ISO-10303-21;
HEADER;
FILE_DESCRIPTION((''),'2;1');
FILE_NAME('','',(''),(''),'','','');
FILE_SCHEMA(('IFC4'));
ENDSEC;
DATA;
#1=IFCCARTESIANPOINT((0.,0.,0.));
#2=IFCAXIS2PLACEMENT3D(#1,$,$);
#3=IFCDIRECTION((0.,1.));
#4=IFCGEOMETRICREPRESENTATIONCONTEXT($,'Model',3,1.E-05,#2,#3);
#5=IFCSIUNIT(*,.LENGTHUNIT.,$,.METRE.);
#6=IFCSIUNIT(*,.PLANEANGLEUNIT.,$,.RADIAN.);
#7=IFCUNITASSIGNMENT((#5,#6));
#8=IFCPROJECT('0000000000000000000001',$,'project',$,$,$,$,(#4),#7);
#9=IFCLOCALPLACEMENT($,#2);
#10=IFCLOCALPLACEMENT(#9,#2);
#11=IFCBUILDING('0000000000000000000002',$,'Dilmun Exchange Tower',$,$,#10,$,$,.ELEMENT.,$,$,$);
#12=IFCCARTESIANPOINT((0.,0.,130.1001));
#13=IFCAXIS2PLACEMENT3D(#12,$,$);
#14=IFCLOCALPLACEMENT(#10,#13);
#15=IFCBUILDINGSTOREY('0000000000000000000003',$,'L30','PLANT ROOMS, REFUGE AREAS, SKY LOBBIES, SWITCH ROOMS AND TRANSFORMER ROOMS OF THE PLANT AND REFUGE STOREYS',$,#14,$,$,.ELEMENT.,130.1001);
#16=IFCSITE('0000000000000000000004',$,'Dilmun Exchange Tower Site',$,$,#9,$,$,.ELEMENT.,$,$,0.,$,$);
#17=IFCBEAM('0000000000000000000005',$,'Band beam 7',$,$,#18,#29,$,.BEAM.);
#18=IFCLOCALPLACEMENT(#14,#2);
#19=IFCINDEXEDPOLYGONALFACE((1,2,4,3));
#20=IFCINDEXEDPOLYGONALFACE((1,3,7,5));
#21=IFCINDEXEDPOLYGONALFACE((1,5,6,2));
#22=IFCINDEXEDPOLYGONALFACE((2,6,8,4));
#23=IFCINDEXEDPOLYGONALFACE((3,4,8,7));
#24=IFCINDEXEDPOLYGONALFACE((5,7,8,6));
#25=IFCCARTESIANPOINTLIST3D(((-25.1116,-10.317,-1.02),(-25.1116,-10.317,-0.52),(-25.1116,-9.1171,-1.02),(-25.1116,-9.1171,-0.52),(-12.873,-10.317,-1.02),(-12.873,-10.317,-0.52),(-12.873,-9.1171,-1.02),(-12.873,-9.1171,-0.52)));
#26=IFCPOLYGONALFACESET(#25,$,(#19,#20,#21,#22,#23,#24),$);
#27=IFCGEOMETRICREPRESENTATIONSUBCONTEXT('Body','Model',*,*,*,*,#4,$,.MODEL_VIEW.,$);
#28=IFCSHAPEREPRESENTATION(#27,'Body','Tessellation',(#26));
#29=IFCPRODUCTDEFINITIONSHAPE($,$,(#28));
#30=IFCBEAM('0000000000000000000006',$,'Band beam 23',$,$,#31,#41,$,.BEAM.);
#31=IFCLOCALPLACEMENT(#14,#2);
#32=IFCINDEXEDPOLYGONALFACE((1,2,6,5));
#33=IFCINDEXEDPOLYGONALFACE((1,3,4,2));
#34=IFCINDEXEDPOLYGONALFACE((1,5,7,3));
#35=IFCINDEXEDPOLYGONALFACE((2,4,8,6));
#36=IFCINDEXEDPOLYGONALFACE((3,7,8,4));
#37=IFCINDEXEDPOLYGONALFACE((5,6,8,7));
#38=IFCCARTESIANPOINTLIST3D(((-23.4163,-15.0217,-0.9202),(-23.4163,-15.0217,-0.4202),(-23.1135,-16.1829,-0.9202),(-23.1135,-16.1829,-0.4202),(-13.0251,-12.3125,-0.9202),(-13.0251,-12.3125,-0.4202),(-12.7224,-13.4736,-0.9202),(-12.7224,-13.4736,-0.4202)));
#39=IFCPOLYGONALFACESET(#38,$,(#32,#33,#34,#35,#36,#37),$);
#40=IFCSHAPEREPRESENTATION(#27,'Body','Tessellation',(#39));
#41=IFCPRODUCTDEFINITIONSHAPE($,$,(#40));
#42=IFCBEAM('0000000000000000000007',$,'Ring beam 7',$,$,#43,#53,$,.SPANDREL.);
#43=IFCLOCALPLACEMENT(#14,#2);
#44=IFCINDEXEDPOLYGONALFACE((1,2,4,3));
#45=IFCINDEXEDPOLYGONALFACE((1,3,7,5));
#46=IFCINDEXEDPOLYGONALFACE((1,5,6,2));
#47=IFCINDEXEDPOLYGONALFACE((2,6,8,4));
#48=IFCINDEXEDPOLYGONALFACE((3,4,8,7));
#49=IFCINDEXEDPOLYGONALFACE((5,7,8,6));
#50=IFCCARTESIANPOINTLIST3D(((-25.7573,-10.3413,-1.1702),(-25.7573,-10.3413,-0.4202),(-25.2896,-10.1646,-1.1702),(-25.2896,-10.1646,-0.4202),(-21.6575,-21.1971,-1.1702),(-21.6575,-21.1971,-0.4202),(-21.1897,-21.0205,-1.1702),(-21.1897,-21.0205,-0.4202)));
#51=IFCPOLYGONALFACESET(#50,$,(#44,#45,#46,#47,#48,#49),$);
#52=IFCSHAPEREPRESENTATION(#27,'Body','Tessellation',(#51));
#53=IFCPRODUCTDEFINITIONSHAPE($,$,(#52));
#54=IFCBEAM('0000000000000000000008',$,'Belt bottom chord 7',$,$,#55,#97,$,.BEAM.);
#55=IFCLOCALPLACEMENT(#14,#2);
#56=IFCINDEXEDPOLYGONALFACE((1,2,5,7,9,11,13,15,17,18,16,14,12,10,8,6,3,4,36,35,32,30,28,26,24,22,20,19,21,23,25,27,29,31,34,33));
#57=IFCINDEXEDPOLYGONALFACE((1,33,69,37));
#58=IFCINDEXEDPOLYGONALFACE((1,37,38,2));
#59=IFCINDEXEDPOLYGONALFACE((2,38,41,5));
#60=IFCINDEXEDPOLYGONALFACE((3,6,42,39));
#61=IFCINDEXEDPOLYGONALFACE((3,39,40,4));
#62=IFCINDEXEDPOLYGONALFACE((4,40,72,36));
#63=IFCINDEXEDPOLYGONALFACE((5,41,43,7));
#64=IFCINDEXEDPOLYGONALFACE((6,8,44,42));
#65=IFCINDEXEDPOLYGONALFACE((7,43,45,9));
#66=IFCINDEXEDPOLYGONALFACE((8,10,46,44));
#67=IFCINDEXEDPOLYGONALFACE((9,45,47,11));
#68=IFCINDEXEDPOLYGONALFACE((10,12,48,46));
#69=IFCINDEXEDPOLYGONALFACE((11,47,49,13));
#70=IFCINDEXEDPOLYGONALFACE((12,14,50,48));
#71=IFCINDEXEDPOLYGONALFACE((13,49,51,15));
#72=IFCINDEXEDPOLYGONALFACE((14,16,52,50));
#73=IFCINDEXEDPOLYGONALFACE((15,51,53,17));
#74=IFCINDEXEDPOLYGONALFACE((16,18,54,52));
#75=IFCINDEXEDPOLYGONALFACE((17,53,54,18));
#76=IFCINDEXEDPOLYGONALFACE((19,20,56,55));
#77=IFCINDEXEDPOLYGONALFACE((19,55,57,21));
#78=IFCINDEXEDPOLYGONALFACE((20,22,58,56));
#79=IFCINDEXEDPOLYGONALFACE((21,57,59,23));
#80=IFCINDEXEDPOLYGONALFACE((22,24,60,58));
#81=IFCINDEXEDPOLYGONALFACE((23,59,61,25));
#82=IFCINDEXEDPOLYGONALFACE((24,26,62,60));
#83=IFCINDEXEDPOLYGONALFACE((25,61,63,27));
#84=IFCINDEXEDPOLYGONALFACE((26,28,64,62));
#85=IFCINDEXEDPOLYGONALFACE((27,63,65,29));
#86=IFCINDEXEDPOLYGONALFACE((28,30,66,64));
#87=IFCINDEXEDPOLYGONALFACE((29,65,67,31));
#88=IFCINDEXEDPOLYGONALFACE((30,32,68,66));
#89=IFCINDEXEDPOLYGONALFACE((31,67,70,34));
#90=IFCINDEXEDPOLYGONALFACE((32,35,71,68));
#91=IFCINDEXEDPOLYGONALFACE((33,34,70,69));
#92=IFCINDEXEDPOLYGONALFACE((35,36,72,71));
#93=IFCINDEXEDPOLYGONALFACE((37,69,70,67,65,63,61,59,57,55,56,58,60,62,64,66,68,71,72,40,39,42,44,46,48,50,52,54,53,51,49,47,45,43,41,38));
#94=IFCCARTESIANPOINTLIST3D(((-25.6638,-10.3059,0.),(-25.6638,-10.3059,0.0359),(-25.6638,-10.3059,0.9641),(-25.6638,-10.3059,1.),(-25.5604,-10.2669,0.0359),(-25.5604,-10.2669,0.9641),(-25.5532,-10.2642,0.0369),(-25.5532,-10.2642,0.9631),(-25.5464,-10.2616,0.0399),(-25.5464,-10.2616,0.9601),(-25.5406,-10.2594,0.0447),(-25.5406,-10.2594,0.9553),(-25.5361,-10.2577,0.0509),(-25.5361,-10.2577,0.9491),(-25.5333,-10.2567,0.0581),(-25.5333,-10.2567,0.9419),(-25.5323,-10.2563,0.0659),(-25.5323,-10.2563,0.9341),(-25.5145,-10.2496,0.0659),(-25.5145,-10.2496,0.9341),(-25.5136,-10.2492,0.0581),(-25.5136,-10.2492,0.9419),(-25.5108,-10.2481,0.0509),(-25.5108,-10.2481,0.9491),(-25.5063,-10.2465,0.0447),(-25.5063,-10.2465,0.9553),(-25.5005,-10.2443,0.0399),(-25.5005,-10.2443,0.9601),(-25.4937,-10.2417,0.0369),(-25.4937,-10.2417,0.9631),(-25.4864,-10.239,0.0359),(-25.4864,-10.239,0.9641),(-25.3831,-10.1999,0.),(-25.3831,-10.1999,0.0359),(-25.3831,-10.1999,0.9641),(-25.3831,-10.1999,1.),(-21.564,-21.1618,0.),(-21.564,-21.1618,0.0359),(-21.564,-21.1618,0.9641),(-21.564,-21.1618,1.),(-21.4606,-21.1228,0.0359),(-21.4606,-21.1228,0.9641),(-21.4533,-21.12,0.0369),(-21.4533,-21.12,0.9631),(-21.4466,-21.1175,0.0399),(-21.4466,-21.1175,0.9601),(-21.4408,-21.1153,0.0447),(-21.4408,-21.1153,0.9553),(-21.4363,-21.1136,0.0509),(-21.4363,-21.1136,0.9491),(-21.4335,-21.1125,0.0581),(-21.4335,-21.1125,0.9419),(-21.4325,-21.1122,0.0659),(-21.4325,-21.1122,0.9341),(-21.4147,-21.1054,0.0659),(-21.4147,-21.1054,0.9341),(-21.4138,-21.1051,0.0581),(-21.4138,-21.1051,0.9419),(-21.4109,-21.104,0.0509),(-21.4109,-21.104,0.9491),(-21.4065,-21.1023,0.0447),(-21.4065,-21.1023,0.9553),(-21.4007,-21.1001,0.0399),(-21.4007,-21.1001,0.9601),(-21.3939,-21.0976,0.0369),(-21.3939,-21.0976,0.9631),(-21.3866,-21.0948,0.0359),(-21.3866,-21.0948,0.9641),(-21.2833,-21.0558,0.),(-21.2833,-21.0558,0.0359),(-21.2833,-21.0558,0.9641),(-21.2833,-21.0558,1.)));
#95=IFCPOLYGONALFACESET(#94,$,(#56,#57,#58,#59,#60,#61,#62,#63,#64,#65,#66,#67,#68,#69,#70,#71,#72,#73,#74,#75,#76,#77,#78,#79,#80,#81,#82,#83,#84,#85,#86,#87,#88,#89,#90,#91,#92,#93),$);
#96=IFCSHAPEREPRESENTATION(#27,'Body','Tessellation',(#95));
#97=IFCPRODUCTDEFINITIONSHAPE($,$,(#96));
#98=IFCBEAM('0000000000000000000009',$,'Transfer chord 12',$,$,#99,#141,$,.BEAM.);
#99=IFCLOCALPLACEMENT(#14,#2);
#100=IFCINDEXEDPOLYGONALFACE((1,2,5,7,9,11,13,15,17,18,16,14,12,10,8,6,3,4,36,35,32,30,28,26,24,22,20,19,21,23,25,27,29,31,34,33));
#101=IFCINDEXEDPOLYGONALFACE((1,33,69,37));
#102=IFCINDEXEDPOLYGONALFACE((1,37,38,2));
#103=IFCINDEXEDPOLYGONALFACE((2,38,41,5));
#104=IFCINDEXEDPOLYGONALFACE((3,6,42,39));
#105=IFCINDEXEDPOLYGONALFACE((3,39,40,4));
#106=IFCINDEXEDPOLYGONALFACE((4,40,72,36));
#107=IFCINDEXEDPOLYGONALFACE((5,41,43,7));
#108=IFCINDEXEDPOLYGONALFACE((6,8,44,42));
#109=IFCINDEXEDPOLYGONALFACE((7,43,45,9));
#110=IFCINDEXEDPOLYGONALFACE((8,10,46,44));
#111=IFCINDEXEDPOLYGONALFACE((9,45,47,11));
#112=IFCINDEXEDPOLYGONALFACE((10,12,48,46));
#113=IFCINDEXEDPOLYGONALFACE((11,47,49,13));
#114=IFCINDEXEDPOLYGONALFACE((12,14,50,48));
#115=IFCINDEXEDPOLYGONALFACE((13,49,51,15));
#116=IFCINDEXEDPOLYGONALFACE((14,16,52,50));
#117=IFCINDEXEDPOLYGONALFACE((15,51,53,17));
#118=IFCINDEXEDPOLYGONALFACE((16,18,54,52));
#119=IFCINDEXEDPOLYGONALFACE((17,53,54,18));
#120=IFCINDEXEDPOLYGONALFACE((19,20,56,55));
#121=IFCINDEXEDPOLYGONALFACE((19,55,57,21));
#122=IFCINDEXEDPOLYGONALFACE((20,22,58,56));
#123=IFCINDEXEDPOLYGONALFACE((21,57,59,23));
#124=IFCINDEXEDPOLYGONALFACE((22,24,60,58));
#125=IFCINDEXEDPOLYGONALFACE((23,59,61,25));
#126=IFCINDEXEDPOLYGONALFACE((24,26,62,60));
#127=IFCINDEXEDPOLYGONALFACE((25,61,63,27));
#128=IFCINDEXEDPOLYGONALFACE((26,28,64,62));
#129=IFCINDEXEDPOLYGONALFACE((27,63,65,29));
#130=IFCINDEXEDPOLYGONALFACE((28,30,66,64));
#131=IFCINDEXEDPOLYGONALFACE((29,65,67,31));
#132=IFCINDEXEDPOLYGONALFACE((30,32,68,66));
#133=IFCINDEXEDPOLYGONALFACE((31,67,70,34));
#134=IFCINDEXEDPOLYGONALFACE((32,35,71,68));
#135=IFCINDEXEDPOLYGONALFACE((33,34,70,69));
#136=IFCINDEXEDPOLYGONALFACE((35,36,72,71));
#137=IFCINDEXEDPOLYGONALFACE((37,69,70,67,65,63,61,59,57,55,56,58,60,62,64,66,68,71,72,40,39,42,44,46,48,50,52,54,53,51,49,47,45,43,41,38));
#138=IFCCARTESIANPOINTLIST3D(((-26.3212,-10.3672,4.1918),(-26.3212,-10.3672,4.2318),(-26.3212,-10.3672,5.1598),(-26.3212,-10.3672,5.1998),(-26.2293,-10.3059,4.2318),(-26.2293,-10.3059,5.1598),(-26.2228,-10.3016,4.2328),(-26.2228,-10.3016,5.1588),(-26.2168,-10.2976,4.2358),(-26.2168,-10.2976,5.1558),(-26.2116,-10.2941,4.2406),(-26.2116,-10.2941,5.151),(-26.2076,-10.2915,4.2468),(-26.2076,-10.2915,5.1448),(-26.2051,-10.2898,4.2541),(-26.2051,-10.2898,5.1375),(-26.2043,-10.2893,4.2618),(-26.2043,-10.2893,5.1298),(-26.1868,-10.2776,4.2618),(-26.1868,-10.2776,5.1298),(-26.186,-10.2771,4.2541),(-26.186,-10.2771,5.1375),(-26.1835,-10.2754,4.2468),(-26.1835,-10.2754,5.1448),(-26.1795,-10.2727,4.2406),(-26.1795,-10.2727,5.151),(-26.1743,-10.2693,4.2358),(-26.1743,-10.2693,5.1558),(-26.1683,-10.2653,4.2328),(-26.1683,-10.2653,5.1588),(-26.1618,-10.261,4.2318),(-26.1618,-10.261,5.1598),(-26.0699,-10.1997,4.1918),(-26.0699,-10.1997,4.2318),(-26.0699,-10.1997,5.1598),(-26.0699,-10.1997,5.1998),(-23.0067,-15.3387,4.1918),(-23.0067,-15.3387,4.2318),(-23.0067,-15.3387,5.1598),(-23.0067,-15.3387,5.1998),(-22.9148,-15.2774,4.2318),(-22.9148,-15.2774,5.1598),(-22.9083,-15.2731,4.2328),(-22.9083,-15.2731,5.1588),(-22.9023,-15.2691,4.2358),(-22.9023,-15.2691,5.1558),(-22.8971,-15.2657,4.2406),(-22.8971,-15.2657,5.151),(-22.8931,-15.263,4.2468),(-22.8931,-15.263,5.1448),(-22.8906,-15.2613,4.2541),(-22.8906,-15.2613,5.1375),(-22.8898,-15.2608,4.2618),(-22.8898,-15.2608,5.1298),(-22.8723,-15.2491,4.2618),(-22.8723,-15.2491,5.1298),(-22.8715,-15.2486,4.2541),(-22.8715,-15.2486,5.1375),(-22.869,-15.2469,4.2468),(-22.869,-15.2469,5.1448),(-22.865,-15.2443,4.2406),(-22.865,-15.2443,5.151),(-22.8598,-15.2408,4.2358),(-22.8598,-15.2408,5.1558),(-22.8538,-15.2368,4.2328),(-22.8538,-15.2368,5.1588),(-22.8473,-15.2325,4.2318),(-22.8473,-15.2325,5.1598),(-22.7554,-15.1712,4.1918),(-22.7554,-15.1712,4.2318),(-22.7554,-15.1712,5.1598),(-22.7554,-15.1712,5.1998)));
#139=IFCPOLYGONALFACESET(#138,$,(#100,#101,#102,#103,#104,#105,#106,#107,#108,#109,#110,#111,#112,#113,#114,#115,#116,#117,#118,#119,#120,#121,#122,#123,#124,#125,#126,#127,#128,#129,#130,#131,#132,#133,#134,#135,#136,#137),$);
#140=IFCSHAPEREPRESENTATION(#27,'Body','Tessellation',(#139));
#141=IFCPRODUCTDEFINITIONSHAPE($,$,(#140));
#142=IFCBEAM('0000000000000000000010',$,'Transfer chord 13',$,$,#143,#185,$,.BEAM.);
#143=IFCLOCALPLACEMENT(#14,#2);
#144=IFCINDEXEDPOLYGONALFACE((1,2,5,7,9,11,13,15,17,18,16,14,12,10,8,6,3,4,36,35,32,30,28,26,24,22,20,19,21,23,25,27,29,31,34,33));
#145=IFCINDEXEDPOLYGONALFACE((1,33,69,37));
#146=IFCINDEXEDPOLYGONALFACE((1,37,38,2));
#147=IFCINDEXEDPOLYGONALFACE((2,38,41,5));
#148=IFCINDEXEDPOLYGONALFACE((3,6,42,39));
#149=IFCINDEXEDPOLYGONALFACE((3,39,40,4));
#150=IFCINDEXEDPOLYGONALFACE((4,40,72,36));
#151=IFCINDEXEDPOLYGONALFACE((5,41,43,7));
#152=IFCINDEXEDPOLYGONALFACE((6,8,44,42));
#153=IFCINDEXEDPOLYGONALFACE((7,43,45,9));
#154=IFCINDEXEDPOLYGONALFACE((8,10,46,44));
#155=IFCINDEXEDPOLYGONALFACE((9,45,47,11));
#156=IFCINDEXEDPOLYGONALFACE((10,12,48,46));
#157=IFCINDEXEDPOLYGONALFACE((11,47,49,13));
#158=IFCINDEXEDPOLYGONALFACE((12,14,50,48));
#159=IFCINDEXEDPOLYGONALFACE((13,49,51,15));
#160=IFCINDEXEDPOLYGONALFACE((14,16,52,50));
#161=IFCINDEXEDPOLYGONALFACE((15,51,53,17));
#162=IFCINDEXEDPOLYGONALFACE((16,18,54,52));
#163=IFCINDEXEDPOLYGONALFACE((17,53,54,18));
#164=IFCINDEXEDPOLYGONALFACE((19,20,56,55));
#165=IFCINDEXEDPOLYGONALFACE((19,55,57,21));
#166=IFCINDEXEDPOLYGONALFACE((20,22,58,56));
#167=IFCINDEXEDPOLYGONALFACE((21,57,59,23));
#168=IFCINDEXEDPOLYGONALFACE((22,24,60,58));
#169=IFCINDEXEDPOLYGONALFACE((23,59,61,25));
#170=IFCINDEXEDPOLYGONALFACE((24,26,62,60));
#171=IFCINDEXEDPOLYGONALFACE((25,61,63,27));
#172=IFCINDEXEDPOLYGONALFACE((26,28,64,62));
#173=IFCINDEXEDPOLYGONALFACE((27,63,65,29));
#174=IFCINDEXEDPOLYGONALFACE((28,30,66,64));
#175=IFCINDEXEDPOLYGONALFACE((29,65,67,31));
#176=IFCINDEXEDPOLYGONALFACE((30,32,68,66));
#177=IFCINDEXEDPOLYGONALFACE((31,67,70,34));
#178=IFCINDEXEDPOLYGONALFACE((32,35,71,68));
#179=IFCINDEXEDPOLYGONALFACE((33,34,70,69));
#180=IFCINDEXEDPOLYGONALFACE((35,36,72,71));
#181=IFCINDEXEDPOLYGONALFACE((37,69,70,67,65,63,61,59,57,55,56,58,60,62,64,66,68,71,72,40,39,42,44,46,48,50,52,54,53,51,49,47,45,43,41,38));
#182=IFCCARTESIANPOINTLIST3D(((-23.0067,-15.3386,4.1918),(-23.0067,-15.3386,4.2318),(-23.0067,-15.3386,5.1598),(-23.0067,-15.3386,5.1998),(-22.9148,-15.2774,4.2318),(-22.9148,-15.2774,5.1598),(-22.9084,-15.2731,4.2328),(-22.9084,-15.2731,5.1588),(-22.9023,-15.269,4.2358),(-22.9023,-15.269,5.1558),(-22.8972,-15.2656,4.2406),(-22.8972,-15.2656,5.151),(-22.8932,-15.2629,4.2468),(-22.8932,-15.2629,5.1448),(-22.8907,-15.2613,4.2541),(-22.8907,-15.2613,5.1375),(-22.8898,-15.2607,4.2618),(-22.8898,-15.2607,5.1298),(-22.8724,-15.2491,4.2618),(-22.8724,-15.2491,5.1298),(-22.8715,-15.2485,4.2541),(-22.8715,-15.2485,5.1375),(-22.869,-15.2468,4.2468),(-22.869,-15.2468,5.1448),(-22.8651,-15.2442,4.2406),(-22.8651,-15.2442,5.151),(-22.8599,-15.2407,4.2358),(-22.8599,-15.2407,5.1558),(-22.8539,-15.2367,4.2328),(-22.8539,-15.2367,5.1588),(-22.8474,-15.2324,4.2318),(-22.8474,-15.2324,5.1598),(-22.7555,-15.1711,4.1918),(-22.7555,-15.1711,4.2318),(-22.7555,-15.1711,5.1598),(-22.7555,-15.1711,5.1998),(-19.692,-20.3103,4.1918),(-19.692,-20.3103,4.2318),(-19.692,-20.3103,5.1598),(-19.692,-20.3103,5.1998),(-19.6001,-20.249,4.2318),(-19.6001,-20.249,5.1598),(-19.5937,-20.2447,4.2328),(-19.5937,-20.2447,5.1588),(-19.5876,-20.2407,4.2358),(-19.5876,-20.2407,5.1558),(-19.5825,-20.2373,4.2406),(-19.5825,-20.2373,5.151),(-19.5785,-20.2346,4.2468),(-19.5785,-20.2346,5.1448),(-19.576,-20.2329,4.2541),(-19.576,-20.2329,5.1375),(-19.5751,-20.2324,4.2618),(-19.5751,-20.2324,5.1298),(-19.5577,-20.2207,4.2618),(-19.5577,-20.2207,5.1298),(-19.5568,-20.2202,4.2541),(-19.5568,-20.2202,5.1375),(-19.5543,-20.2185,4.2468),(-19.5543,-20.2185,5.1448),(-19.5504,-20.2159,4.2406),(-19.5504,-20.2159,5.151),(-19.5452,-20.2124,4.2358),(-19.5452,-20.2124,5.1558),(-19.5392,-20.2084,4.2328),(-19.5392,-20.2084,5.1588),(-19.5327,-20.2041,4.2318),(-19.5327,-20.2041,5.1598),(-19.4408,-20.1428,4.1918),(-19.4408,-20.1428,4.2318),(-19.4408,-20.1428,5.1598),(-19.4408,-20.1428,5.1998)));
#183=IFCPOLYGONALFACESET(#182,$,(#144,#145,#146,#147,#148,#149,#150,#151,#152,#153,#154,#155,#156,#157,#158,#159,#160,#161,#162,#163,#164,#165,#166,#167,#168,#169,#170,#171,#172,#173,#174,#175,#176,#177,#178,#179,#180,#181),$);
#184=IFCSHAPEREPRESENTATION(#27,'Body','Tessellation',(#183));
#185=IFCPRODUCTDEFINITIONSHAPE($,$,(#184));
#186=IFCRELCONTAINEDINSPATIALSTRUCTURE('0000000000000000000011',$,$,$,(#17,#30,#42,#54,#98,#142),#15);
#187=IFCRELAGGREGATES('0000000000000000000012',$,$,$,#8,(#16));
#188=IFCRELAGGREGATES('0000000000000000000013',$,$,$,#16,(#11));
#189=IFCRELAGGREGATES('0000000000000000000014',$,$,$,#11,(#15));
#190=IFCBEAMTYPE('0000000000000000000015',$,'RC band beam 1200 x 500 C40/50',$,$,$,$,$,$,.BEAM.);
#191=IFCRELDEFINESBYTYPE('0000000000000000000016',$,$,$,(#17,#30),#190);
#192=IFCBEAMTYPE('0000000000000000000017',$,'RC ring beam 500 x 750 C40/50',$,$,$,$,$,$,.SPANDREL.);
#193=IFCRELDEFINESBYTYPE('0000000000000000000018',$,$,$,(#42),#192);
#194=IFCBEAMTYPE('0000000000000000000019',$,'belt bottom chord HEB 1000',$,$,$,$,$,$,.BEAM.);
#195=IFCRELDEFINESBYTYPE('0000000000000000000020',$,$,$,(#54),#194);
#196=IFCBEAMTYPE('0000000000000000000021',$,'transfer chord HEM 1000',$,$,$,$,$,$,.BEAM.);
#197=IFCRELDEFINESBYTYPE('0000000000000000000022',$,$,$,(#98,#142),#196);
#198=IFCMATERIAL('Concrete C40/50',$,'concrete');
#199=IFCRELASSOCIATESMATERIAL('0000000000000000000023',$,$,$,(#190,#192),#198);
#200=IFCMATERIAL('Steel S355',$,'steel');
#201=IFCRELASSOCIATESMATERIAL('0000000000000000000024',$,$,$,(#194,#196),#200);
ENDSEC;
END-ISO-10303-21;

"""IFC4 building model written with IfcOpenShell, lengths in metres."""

from ifc_helpers import new_model, si_unit, direction, frame, origin, origin_2d, place, context, subcontext, project, spatial, rectangle, i_section, extrude, material, material_profile, profile_set, type_object, element, save


model = new_model("IFC4")

# Units and contexts
model_context = context("Model", 3, precision=1e-05, world=origin(), true_north=direction((0.0, 1.0)))
body_context = subcontext(model_context, "Body", "Model", "MODEL_VIEW")
ifc_project = project(units=[si_unit("LENGTHUNIT", "METRE"), si_unit("PLANEANGLEUNIT", "RADIAN")], contexts=[model_context])

# Site, building, storey
site_placement = place(None, origin())
site = spatial("IfcSite", under=ifc_project, at=site_placement, Name="Dilmun Exchange Tower Site", CompositionType="ELEMENT", RefElevation=0.0)
building_placement = place(site_placement, origin())
building = spatial("IfcBuilding", under=site, at=building_placement, Name="Dilmun Exchange Tower", CompositionType="ELEMENT")
storey_placement = place(building_placement, frame((0.0, 0.0, 130.1001)))
storey = spatial("IfcBuildingStorey", under=building, at=storey_placement, Name="L30", Description="PLANT ROOMS, REFUGE AREAS, SKY LOBBIES, SWITCH ROOMS AND TRANSFORMER ROOMS OF THE PLANT AND REFUGE STOREYS", CompositionType="ELEMENT", Elevation=130.1001)

# Beams
ifc_material_1 = material(Name="Concrete C40/50", Category="concrete")
ifc_material_profile_1 = material_profile(ifc_material_1, rectangle(XDim=1.2, YDim=0.5, at=origin_2d()), Name="1200 x 500")
ifc_profile_set_1 = profile_set([ifc_material_profile_1], Name="Concrete C40/50")
beam_type_1 = type_object("IfcBeamType", Name="RC band beam 1200 x 500 C40/50", PredefinedType="BEAM", material=ifc_profile_set_1)
beam_1_placement = place(storey_placement, frame((-25.1116, -9.717, -0.77), z_axis=(1.0, 0.0, 0.0), x_axis=(0.0, 1.0, 0.0)))
element("IfcBeam", 1, at=beam_1_placement, inside=storey, type_object=beam_type_1, Name="Band beam 7", PredefinedType="BEAM", context=body_context, shape_type="SweptSolid", body=[
    extrude(rectangle(XDim=1.2, YDim=0.5, at=origin_2d()), origin(), (0.0, 0.0, 1.0), 12.2385),
])
beam_2_placement = place(storey_placement, frame((-23.2649, -15.6023, -0.6702), z_axis=(0.967651, 0.252291, 0.0), x_axis=(-0.252291, 0.967651, 0.0)))
element("IfcBeam", 2, at=beam_2_placement, inside=storey, type_object=beam_type_1, Name="Band beam 23", PredefinedType="BEAM", context=body_context, shape_type="SweptSolid", body=[
    extrude(rectangle(XDim=1.2, YDim=0.5, at=origin_2d()), origin(), (0.0, 0.0, 1.0), 10.7385),
])
ifc_material_profile_2 = material_profile(ifc_material_1, rectangle(XDim=0.5, YDim=0.75, at=origin_2d()), Name="500 x 750")
ifc_profile_set_2 = profile_set([ifc_material_profile_2], Name="Concrete C40/50")
beam_type_2 = type_object("IfcBeamType", Name="RC ring beam 500 x 750 C40/50", PredefinedType="SPANDREL", material=ifc_profile_set_2)
beam_3_placement = place(storey_placement, frame((-25.5234, -10.2529, -0.7952), z_axis=(0.353304, -0.935509, 0.0), x_axis=(0.935509, 0.353304, 0.0)))
element("IfcBeam", 3, at=beam_3_placement, inside=storey, type_object=beam_type_2, Name="Ring beam 7", PredefinedType="SPANDREL", context=body_context, shape_type="SweptSolid", body=[
    extrude(rectangle(XDim=0.5, YDim=0.75, at=origin_2d()), origin(), (0.0, 0.0, 1.0), 11.6042),
])
ifc_material_2 = material(Name="Steel S355", Category="steel")
ifc_material_profile_3 = material_profile(ifc_material_2, i_section(OverallWidth=0.3, OverallDepth=1.0, WebThickness=0.019, FlangeThickness=0.0359, FilletRadius=0.03, at=origin_2d()), Name="HEB 1000")
ifc_profile_set_3 = profile_set([ifc_material_profile_3], Name="Steel S355")
beam_type_3 = type_object("IfcBeamType", Name="belt bottom chord HEB 1000", PredefinedType="BEAM", material=ifc_profile_set_3)
beam_4_placement = place(storey_placement, frame((-25.5234, -10.2529, 0.5), z_axis=(0.353304, -0.935509, 0.0), x_axis=(0.935509, 0.353304, 0.0)))
element("IfcBeam", 4, at=beam_4_placement, inside=storey, type_object=beam_type_3, Name="Belt bottom chord 7", PredefinedType="BEAM", context=body_context, shape_type="SweptSolid", body=[
    extrude(i_section(OverallWidth=0.3, OverallDepth=1.0, WebThickness=0.019, FlangeThickness=0.0359, FilletRadius=0.03, at=origin_2d()), origin(), (0.0, 0.0, 1.0), 11.6042),
])
ifc_material_profile_4 = material_profile(ifc_material_2, i_section(OverallWidth=0.302, OverallDepth=1.0081, WebThickness=0.021, FlangeThickness=0.04, FilletRadius=0.03, at=origin_2d()), Name="HEM 1000")
ifc_profile_set_4 = profile_set([ifc_material_profile_4], Name="Steel S355")
beam_type_4 = type_object("IfcBeamType", Name="transfer chord HEM 1000", PredefinedType="BEAM", material=ifc_profile_set_4)
beam_5_placement = place(storey_placement, frame((-26.1956, -10.2834, 4.6958), z_axis=(0.554719, -0.832038, 0.0), x_axis=(0.832038, 0.554719, 0.0)))
element("IfcBeam", 5, at=beam_5_placement, inside=storey, type_object=beam_type_4, Name="Transfer chord 12", PredefinedType="BEAM", context=body_context, shape_type="SweptSolid", body=[
    extrude(i_section(OverallWidth=0.302, OverallDepth=1.0081, WebThickness=0.021, FlangeThickness=0.04, FilletRadius=0.03, at=origin_2d()), origin(), (0.0, 0.0, 1.0), 5.9751),
])
beam_6_placement = place(storey_placement, frame((-22.8811, -15.2549, 4.6958), z_axis=(0.554728, -0.832031, 0.0), x_axis=(0.832031, 0.554728, 0.0)))
element("IfcBeam", 6, at=beam_6_placement, inside=storey, type_object=beam_type_4, Name="Transfer chord 13", PredefinedType="BEAM", context=body_context, shape_type="SweptSolid", body=[
    extrude(i_section(OverallWidth=0.302, OverallDepth=1.0081, WebThickness=0.021, FlangeThickness=0.04, FilletRadius=0.03, at=origin_2d()), origin(), (0.0, 0.0, 1.0), 5.9753),
])

save(model, "model.ifc")
